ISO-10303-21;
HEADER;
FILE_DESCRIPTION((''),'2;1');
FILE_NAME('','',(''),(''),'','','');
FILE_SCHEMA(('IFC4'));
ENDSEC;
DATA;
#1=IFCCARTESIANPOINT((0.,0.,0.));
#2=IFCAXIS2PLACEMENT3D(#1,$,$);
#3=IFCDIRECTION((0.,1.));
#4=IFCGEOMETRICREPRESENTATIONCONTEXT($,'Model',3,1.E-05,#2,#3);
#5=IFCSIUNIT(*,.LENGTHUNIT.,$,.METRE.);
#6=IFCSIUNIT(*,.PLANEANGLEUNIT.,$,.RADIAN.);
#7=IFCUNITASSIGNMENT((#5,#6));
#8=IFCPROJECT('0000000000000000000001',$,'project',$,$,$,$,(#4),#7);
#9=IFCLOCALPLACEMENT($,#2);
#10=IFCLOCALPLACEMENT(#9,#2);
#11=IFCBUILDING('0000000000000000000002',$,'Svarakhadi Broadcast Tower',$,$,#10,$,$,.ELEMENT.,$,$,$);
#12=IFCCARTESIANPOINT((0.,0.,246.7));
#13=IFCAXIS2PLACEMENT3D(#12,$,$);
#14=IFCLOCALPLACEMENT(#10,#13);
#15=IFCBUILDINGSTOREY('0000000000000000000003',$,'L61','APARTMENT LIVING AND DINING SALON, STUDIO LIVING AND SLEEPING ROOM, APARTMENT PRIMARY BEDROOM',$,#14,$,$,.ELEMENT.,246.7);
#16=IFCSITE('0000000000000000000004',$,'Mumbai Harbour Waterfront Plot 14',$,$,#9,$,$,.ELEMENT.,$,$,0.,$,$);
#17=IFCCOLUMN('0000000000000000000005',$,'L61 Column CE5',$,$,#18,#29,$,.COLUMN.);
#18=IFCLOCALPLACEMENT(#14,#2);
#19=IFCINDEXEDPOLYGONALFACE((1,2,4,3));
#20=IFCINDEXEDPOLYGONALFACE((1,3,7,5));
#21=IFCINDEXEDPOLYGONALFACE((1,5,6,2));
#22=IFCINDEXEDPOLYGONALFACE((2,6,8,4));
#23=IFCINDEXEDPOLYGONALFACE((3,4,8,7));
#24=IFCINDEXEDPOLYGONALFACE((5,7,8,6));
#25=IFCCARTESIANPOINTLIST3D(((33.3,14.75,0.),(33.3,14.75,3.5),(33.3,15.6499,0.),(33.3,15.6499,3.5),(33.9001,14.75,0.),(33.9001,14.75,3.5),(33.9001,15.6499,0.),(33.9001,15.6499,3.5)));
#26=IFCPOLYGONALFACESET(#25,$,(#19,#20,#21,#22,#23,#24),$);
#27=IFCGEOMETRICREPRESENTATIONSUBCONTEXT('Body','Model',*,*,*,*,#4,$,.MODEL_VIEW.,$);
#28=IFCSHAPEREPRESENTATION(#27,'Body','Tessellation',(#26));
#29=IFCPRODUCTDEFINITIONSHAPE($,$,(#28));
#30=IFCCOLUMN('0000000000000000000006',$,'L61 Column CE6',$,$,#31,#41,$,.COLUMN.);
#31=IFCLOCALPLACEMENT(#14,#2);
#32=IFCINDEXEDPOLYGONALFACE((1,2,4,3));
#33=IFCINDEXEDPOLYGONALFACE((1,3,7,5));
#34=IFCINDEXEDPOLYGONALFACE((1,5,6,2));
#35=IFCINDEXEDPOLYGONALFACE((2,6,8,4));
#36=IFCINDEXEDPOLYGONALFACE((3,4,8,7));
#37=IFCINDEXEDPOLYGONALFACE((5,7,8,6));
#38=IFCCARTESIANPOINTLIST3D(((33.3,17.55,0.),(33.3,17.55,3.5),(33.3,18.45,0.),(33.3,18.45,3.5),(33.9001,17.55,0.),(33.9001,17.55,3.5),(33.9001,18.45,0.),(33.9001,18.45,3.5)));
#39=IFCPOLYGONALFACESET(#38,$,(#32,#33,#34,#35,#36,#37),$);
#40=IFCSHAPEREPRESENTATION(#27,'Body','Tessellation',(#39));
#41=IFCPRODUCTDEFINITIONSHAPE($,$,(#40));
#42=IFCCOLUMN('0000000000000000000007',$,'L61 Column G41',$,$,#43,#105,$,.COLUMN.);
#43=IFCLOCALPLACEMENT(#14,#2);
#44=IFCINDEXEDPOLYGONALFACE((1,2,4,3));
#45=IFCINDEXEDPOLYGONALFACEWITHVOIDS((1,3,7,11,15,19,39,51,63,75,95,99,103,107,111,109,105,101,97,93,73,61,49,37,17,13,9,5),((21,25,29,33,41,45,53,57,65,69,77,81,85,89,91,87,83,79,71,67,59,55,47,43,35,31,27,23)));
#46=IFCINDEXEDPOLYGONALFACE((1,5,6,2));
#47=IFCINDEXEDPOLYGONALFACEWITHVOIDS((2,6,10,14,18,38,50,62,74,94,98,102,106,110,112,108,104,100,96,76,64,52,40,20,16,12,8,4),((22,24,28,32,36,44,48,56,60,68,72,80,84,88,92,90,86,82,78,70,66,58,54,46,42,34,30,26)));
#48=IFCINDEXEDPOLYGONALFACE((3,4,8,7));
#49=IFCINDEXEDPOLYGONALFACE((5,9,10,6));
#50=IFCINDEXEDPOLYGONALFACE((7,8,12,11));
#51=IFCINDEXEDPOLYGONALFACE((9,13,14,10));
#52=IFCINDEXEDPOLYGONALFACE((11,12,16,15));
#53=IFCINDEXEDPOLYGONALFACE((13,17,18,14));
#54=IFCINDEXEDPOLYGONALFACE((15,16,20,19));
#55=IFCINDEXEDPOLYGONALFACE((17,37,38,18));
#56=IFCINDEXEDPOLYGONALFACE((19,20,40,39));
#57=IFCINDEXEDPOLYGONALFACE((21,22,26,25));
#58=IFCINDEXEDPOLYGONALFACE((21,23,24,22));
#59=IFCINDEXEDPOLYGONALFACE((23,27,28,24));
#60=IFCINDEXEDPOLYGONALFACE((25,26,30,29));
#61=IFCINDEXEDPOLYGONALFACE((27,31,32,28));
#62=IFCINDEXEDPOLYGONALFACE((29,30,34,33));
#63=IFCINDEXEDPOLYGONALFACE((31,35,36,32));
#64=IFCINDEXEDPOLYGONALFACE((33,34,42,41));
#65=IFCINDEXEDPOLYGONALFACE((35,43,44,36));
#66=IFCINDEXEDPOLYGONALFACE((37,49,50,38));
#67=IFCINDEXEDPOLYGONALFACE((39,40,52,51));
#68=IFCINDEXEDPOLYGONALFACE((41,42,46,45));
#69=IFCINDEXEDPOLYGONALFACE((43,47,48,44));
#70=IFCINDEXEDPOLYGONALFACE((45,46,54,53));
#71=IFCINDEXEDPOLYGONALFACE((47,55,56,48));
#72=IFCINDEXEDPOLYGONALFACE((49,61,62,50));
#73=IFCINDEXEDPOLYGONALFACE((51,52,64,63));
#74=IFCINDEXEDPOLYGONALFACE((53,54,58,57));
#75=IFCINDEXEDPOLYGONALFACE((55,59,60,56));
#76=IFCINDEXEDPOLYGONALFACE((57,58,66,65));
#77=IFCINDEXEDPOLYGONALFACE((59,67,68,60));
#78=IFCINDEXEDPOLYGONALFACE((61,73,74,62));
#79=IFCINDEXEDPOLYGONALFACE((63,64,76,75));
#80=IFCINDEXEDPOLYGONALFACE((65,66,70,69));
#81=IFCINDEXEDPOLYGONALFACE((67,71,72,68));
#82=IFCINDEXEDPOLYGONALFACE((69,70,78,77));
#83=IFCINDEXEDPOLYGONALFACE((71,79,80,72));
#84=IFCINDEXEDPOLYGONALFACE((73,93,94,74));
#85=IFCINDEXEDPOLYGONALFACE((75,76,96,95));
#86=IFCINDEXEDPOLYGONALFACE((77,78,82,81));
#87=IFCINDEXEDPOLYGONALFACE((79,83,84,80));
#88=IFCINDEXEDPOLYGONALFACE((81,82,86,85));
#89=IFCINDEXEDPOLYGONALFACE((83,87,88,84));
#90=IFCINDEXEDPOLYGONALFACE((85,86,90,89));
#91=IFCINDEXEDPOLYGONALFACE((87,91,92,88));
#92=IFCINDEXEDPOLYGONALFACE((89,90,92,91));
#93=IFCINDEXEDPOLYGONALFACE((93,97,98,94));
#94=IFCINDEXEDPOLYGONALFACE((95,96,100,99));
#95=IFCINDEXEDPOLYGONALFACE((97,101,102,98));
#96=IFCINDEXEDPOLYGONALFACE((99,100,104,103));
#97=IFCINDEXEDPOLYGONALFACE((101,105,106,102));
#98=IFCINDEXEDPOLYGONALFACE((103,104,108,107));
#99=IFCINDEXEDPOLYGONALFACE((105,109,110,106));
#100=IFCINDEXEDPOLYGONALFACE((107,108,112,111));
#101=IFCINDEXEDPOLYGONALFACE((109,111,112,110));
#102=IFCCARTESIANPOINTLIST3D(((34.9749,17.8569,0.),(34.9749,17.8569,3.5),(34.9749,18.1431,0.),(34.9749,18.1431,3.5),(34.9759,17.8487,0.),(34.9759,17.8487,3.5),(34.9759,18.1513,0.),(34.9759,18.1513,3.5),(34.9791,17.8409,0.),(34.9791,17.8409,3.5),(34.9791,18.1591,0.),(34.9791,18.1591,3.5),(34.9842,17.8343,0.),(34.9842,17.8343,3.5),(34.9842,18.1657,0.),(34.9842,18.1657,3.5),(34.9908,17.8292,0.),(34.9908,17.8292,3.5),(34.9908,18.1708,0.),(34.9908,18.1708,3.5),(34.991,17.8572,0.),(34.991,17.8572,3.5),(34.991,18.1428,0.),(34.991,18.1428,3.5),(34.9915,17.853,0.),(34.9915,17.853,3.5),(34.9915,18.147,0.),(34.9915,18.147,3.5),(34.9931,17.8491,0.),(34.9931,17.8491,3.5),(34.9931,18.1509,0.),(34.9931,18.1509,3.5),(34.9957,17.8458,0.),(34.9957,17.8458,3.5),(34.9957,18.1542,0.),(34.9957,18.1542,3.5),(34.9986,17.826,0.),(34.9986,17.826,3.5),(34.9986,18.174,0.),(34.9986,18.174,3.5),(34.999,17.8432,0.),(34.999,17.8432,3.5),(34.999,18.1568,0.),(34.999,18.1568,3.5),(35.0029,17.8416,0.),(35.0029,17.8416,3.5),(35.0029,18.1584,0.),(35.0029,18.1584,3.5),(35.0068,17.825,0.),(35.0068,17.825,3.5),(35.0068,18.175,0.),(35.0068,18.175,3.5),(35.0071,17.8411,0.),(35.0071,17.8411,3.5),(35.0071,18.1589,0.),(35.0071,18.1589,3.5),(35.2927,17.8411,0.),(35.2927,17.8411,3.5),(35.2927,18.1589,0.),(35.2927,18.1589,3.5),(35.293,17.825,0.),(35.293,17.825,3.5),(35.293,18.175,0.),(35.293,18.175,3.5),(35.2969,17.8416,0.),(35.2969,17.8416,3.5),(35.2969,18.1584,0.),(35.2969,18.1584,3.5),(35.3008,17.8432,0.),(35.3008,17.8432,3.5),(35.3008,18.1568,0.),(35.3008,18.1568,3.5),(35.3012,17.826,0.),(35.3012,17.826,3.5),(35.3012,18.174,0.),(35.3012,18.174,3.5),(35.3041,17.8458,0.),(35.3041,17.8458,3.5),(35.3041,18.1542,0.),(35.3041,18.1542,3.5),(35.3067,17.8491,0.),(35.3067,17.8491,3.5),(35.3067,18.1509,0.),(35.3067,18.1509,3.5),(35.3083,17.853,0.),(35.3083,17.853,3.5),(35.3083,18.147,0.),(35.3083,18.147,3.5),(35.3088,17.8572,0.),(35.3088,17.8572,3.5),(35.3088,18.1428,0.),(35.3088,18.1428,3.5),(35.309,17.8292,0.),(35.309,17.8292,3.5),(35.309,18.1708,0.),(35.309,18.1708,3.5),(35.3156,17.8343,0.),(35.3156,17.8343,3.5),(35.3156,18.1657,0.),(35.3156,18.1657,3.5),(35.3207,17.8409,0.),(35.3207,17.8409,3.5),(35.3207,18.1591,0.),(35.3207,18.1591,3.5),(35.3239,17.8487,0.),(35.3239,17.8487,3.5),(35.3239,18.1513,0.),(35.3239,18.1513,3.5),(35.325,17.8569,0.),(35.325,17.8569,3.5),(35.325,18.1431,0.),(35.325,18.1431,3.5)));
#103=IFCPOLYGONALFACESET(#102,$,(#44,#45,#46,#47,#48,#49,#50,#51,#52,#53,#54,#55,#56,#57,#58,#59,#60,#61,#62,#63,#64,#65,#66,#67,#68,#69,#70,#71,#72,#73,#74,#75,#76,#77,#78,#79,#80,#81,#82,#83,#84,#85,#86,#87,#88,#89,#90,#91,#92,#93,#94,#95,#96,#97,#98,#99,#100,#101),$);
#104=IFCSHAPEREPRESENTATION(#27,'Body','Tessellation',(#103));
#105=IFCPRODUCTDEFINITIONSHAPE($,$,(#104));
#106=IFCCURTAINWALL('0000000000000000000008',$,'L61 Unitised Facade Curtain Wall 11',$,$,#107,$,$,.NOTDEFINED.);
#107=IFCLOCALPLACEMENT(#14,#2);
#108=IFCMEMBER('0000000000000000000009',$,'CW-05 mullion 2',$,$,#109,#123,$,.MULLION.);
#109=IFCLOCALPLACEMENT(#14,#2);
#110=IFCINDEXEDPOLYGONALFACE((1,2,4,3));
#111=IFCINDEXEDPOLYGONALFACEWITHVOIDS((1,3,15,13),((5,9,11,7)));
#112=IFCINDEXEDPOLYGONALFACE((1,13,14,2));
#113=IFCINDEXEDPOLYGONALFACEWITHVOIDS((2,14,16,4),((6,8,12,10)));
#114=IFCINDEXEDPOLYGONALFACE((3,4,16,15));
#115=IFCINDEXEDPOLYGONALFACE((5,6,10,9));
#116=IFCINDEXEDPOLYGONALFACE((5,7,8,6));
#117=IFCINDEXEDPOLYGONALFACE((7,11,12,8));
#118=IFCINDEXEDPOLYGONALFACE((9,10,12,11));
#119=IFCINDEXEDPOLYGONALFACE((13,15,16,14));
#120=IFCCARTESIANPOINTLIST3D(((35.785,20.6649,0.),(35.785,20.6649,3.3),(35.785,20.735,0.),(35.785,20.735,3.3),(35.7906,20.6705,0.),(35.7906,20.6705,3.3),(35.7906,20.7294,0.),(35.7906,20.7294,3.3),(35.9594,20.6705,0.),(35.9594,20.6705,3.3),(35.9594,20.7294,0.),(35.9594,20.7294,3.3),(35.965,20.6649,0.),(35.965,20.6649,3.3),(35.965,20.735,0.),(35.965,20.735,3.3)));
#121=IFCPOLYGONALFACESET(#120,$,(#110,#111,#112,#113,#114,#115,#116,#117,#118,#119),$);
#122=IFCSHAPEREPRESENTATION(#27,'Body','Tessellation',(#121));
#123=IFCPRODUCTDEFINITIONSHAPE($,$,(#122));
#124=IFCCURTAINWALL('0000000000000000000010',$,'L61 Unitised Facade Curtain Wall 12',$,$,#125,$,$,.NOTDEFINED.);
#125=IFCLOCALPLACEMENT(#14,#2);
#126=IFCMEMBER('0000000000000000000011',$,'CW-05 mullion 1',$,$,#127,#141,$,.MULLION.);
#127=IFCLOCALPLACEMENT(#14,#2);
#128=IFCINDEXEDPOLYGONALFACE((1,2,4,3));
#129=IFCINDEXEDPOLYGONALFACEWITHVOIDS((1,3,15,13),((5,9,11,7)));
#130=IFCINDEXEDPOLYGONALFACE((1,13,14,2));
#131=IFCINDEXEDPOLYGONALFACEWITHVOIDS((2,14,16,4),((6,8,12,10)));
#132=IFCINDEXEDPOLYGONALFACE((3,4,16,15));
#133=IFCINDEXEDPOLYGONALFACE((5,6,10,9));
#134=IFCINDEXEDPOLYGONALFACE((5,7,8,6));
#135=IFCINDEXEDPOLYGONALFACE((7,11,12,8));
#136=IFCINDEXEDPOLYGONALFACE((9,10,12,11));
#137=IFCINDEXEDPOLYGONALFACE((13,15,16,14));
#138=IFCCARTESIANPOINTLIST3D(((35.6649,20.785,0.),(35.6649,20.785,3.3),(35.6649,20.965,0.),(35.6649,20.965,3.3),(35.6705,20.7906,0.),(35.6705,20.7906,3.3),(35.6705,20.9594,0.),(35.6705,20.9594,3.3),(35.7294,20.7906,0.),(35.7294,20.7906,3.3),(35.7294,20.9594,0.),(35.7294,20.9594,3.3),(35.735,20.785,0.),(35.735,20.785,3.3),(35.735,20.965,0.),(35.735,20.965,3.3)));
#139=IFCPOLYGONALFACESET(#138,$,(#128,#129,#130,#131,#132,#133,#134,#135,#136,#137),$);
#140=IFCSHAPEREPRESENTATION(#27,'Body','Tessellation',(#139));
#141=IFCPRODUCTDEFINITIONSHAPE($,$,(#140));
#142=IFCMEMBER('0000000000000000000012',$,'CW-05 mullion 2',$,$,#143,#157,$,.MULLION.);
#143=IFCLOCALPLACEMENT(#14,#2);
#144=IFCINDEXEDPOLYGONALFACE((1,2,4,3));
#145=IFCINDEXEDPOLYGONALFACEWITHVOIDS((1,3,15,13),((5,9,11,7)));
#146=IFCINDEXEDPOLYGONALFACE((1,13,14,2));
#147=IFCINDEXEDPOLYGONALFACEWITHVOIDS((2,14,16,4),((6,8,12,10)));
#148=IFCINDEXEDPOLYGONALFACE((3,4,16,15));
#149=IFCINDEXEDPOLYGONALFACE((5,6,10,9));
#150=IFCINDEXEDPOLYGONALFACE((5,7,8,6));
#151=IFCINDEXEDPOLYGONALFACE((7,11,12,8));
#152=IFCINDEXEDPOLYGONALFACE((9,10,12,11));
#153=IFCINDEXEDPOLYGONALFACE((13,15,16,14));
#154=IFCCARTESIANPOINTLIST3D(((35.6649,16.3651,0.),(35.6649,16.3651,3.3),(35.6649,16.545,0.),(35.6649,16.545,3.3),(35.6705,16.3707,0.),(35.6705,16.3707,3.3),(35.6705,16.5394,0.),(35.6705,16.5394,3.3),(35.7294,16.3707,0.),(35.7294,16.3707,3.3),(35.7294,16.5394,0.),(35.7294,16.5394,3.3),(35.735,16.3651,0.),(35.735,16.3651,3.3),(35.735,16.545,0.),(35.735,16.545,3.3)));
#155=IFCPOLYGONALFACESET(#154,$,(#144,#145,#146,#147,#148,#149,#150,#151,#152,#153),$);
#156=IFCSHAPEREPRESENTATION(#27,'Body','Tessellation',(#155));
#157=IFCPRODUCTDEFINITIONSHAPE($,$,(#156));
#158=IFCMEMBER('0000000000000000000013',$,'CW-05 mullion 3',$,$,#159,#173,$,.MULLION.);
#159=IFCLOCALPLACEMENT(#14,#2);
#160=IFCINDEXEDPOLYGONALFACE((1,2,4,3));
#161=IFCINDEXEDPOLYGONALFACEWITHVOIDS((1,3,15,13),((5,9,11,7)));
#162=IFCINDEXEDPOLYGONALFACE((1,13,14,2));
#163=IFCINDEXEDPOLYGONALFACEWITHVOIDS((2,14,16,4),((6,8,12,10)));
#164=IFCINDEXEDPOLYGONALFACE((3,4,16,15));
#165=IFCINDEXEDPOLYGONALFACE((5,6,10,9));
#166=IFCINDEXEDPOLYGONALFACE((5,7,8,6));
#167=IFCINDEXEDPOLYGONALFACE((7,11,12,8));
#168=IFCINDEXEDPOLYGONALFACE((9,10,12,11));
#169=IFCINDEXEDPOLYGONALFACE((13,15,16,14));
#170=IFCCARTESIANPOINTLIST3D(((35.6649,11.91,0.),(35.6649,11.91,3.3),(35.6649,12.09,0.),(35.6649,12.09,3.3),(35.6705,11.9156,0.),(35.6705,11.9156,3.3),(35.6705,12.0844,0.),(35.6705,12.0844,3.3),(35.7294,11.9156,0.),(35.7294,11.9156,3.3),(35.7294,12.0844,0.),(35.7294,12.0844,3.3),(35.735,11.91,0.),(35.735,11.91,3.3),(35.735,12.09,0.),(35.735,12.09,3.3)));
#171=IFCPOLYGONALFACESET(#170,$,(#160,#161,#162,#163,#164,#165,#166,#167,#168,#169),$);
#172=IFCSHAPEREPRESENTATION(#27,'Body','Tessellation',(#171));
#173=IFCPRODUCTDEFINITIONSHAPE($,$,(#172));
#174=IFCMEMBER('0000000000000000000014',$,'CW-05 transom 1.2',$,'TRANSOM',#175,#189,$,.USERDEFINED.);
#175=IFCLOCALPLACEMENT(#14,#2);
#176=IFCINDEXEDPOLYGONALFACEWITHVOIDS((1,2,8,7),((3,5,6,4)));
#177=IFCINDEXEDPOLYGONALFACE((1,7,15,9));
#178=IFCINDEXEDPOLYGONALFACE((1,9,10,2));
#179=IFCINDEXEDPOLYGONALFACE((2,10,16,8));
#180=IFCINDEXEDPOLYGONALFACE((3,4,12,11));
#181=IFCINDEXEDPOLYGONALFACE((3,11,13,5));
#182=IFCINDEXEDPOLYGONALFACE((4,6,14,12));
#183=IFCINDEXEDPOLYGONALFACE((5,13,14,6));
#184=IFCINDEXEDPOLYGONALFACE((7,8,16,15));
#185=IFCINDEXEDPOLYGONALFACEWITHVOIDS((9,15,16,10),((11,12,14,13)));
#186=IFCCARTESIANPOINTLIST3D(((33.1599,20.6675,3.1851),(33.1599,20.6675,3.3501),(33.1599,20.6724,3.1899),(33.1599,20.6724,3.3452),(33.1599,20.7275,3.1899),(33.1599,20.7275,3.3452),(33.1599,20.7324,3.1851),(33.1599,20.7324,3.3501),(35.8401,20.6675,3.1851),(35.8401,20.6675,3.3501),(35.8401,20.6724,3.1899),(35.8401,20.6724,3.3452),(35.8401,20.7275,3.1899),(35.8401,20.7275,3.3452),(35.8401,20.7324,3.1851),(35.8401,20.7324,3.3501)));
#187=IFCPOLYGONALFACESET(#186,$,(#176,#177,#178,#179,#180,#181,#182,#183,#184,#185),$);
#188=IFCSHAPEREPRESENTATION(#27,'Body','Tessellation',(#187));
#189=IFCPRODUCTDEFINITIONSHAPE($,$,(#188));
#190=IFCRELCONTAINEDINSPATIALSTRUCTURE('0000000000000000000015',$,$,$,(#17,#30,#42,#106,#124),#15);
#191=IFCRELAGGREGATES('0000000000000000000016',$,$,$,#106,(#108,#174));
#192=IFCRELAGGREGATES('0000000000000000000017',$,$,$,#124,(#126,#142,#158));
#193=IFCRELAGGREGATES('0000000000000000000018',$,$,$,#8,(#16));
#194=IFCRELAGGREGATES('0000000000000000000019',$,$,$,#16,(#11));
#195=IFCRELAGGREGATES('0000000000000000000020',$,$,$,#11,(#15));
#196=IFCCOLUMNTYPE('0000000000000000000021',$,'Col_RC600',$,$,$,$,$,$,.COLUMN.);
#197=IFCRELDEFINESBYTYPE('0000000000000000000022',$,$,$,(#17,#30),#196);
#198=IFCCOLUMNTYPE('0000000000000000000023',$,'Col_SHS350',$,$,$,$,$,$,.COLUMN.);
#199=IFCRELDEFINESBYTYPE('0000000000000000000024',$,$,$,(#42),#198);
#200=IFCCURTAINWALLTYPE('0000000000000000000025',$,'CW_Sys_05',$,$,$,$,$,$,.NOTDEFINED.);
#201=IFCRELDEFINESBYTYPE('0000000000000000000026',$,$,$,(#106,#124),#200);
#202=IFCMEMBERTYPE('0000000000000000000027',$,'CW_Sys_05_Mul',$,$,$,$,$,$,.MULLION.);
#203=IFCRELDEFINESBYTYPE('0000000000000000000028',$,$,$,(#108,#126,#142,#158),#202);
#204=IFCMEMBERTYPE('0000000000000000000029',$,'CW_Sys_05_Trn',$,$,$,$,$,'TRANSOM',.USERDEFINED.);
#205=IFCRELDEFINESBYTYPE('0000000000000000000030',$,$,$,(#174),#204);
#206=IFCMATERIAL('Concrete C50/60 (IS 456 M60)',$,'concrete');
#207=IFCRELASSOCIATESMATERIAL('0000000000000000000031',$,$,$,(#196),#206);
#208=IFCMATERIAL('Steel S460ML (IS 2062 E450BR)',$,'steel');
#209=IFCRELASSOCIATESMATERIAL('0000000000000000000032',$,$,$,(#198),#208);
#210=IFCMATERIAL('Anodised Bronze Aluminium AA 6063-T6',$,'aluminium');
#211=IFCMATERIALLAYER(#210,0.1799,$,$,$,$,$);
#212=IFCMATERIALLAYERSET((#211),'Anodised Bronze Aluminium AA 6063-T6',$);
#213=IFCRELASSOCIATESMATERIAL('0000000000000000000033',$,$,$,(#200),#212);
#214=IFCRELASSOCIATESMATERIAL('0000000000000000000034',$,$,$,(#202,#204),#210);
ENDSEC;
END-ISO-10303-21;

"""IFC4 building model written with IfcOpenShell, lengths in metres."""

from ifc_helpers import new_model, si_unit, direction, frame, origin, origin_2d, place, context, subcontext, project, spatial, rectangle, hollow_rectangle, extrude, material, layer, layer_set, material_profile, profile_set, type_object, element, aggregate, save


model = new_model("IFC4")

# Units and contexts
model_context = context("Model", 3, precision=1e-05, world=origin(), true_north=direction((0.0, 1.0)))
body_context = subcontext(model_context, "Body", "Model", "MODEL_VIEW")
ifc_project = project(units=[si_unit("LENGTHUNIT", "METRE"), si_unit("PLANEANGLEUNIT", "RADIAN")], contexts=[model_context])

# Site, building, storey
site_placement = place(None, origin())
site = spatial("IfcSite", under=ifc_project, at=site_placement, Name="Mumbai Harbour Waterfront Plot 14", CompositionType="ELEMENT", RefElevation=0.0)
building_placement = place(site_placement, origin())
building = spatial("IfcBuilding", under=site, at=building_placement, Name="Svarakhadi Broadcast Tower", CompositionType="ELEMENT")
storey_placement = place(building_placement, frame((0.0, 0.0, 246.7)))
storey = spatial("IfcBuildingStorey", under=building, at=storey_placement, Name="L61", Description="APARTMENT LIVING AND DINING SALON, STUDIO LIVING AND SLEEPING ROOM, APARTMENT PRIMARY BEDROOM", CompositionType="ELEMENT", Elevation=246.7)

# Columns
ifc_material_1 = material(Name="Concrete C50/60 (IS 456 M60)", Category="concrete")
ifc_material_profile_1 = material_profile(ifc_material_1, rectangle(XDim=0.6001, YDim=0.8999, at=origin_2d()), Name="RC 600x900")
ifc_profile_set_1 = profile_set([ifc_material_profile_1], Name="Concrete C50/60 (IS 456 M60)")
column_type_1 = type_object("IfcColumnType", Name="Col_RC600", PredefinedType="COLUMN", material=ifc_profile_set_1)
for number, where, z_axis, x_axis, name in (
    (1, (33.6001, 15.2, 0.0), (0.0, 0.0, 1.0), (1.0, 0.0, 0.0), "L61 Column CE5"),
    (2, (33.6001, 18.0, 0.0), (0.0, 0.0, 1.0), (1.0, 0.0, 0.0), "L61 Column CE6"),
):
    element("IfcColumn", number, at=place(storey_placement, frame(where, z_axis=z_axis, x_axis=x_axis)), inside=storey, type_object=column_type_1, Name=name, PredefinedType="COLUMN", context=body_context, shape_type="SweptSolid", body=[
        extrude(rectangle(XDim=0.6001, YDim=0.8999, at=origin_2d()), origin(), (0.0, 0.0, 1.0), 3.5),
    ])
ifc_material_2 = material(Name="Steel S460ML (IS 2062 E450BR)", Category="steel")
ifc_material_profile_2 = material_profile(ifc_material_2, hollow_rectangle(XDim=0.3501, YDim=0.3501, WallThickness=0.0161, InnerFilletRadius=0.0161, OuterFilletRadius=0.032, at=origin_2d()), Name="SHS 350x350x16")
ifc_profile_set_2 = profile_set([ifc_material_profile_2], Name="Steel S460ML (IS 2062 E450BR)")
column_type_2 = type_object("IfcColumnType", Name="Col_SHS350", PredefinedType="COLUMN", material=ifc_profile_set_2)
column_placement = place(storey_placement, frame((35.1499, 18.0, 0.0), z_axis=(0.0, 0.0, 1.0), x_axis=(1.0, 0.0, 0.0)))
element("IfcColumn", 3, at=column_placement, inside=storey, type_object=column_type_2, Name="L61 Column G41", PredefinedType="COLUMN", context=body_context, shape_type="SweptSolid", body=[
    extrude(hollow_rectangle(XDim=0.3501, YDim=0.3501, WallThickness=0.0161, InnerFilletRadius=0.0161, OuterFilletRadius=0.032, at=origin_2d()), origin(), (0.0, 0.0, 1.0), 3.5),
])

# Curtain wall, member
ifc_material_3 = material(Name="Anodised Bronze Aluminium AA 6063-T6", Category="aluminium")
ifc_layer_1 = layer(ifc_material_3, 0.1799)
ifc_layer_set_1 = layer_set([ifc_layer_1], Name="Anodised Bronze Aluminium AA 6063-T6")
curtain_wall_type = type_object("IfcCurtainWallType", Name="CW_Sys_05", PredefinedType="NOTDEFINED", material=ifc_layer_set_1)
curtain_wall_1_placement = place(storey_placement, origin())
curtain_wall_1 = element("IfcCurtainWall", 4, at=curtain_wall_1_placement, inside=storey, type_object=curtain_wall_type, Name="L61 Unitised Facade Curtain Wall 11", PredefinedType="NOTDEFINED")
ifc_material_profile_3 = material_profile(ifc_material_3, hollow_rectangle(XDim=0.0701, YDim=0.1799, WallThickness=0.0056, at=origin_2d()), Name="ALU MULLION 180x70x6")
ifc_profile_set_3 = profile_set([ifc_material_profile_3], Name="Anodised Bronze Aluminium AA 6063-T6")
member_type_1 = type_object("IfcMemberType", Name="CW_Sys_05_Mul", PredefinedType="MULLION", material=ifc_profile_set_3)
member_1_placement = place(storey_placement, frame((35.875, 20.7, 0.0), z_axis=(0.0, 0.0, 1.0), x_axis=(0.0, 1.0, 0.0)))
member_1 = element("IfcMember", 5, at=member_1_placement, type_object=member_type_1, Name="CW-05 mullion 2", PredefinedType="MULLION", context=body_context, shape_type="SweptSolid", body=[
    extrude(hollow_rectangle(XDim=0.0701, YDim=0.1799, WallThickness=0.0056, at=origin_2d()), origin(), (0.0, 0.0, 1.0), 3.3),
])

# Curtain wall, members
curtain_wall_2_placement = place(storey_placement, origin())
curtain_wall_2 = element("IfcCurtainWall", 6, at=curtain_wall_2_placement, inside=storey, type_object=curtain_wall_type, Name="L61 Unitised Facade Curtain Wall 12", PredefinedType="NOTDEFINED")
member_2_placement = place(storey_placement, frame((35.7, 20.875, 0.0), z_axis=(0.0, 0.0, 1.0), x_axis=(1.0, 0.0, 0.0)))
member_2 = element("IfcMember", 7, at=member_2_placement, type_object=member_type_1, Name="CW-05 mullion 1", PredefinedType="MULLION", context=body_context, shape_type="SweptSolid", body=[
    extrude(hollow_rectangle(XDim=0.0701, YDim=0.1799, WallThickness=0.0056, at=origin_2d()), origin(), (0.0, 0.0, 1.0), 3.3),
])
member_3_placement = place(storey_placement, frame((35.7, 16.4551, 0.0), z_axis=(0.0, 0.0, 1.0), x_axis=(1.0, 0.0, 0.0)))
member_3 = element("IfcMember", 8, at=member_3_placement, type_object=member_type_1, Name="CW-05 mullion 2", PredefinedType="MULLION", context=body_context, shape_type="SweptSolid", body=[
    extrude(hollow_rectangle(XDim=0.0701, YDim=0.1799, WallThickness=0.0056, at=origin_2d()), origin(), (0.0, 0.0, 1.0), 3.3),
])
member_4_placement = place(storey_placement, frame((35.7, 12.0, 0.0), z_axis=(0.0, 0.0, 1.0), x_axis=(1.0, 0.0, 0.0)))
member_4 = element("IfcMember", 9, at=member_4_placement, type_object=member_type_1, Name="CW-05 mullion 3", PredefinedType="MULLION", context=body_context, shape_type="SweptSolid", body=[
    extrude(hollow_rectangle(XDim=0.0701, YDim=0.1799, WallThickness=0.0056, at=origin_2d()), origin(), (0.0, 0.0, 1.0), 3.3),
])

# Member
ifc_material_profile_4 = material_profile(ifc_material_3, hollow_rectangle(XDim=0.0649, YDim=0.165, WallThickness=0.0049, at=origin_2d()), Name="ALU TRANSOM 165x65x5")
ifc_profile_set_4 = profile_set([ifc_material_profile_4], Name="Anodised Bronze Aluminium AA 6063-T6")
member_type_2 = type_object("IfcMemberType", Name="CW_Sys_05_Trn", ElementType="TRANSOM", PredefinedType="USERDEFINED", material=ifc_profile_set_4)
member_5_placement = place(storey_placement, frame((33.1599, 20.7, 3.2676), z_axis=(1.0, 0.0, 0.0), x_axis=(0.0, 1.0, 0.0)))
member_5 = element("IfcMember", 10, at=member_5_placement, type_object=member_type_2, Name="CW-05 transom 1.2", ObjectType="TRANSOM", PredefinedType="USERDEFINED", context=body_context, shape_type="SweptSolid", body=[
    extrude(hollow_rectangle(XDim=0.0649, YDim=0.165, WallThickness=0.0049, at=origin_2d()), origin(), (0.0, 0.0, 1.0), 2.6802),
])

aggregate(curtain_wall_1, [member_1, member_5])
aggregate(curtain_wall_2, [member_2, member_3, member_4])

save(model, "model.ifc")
